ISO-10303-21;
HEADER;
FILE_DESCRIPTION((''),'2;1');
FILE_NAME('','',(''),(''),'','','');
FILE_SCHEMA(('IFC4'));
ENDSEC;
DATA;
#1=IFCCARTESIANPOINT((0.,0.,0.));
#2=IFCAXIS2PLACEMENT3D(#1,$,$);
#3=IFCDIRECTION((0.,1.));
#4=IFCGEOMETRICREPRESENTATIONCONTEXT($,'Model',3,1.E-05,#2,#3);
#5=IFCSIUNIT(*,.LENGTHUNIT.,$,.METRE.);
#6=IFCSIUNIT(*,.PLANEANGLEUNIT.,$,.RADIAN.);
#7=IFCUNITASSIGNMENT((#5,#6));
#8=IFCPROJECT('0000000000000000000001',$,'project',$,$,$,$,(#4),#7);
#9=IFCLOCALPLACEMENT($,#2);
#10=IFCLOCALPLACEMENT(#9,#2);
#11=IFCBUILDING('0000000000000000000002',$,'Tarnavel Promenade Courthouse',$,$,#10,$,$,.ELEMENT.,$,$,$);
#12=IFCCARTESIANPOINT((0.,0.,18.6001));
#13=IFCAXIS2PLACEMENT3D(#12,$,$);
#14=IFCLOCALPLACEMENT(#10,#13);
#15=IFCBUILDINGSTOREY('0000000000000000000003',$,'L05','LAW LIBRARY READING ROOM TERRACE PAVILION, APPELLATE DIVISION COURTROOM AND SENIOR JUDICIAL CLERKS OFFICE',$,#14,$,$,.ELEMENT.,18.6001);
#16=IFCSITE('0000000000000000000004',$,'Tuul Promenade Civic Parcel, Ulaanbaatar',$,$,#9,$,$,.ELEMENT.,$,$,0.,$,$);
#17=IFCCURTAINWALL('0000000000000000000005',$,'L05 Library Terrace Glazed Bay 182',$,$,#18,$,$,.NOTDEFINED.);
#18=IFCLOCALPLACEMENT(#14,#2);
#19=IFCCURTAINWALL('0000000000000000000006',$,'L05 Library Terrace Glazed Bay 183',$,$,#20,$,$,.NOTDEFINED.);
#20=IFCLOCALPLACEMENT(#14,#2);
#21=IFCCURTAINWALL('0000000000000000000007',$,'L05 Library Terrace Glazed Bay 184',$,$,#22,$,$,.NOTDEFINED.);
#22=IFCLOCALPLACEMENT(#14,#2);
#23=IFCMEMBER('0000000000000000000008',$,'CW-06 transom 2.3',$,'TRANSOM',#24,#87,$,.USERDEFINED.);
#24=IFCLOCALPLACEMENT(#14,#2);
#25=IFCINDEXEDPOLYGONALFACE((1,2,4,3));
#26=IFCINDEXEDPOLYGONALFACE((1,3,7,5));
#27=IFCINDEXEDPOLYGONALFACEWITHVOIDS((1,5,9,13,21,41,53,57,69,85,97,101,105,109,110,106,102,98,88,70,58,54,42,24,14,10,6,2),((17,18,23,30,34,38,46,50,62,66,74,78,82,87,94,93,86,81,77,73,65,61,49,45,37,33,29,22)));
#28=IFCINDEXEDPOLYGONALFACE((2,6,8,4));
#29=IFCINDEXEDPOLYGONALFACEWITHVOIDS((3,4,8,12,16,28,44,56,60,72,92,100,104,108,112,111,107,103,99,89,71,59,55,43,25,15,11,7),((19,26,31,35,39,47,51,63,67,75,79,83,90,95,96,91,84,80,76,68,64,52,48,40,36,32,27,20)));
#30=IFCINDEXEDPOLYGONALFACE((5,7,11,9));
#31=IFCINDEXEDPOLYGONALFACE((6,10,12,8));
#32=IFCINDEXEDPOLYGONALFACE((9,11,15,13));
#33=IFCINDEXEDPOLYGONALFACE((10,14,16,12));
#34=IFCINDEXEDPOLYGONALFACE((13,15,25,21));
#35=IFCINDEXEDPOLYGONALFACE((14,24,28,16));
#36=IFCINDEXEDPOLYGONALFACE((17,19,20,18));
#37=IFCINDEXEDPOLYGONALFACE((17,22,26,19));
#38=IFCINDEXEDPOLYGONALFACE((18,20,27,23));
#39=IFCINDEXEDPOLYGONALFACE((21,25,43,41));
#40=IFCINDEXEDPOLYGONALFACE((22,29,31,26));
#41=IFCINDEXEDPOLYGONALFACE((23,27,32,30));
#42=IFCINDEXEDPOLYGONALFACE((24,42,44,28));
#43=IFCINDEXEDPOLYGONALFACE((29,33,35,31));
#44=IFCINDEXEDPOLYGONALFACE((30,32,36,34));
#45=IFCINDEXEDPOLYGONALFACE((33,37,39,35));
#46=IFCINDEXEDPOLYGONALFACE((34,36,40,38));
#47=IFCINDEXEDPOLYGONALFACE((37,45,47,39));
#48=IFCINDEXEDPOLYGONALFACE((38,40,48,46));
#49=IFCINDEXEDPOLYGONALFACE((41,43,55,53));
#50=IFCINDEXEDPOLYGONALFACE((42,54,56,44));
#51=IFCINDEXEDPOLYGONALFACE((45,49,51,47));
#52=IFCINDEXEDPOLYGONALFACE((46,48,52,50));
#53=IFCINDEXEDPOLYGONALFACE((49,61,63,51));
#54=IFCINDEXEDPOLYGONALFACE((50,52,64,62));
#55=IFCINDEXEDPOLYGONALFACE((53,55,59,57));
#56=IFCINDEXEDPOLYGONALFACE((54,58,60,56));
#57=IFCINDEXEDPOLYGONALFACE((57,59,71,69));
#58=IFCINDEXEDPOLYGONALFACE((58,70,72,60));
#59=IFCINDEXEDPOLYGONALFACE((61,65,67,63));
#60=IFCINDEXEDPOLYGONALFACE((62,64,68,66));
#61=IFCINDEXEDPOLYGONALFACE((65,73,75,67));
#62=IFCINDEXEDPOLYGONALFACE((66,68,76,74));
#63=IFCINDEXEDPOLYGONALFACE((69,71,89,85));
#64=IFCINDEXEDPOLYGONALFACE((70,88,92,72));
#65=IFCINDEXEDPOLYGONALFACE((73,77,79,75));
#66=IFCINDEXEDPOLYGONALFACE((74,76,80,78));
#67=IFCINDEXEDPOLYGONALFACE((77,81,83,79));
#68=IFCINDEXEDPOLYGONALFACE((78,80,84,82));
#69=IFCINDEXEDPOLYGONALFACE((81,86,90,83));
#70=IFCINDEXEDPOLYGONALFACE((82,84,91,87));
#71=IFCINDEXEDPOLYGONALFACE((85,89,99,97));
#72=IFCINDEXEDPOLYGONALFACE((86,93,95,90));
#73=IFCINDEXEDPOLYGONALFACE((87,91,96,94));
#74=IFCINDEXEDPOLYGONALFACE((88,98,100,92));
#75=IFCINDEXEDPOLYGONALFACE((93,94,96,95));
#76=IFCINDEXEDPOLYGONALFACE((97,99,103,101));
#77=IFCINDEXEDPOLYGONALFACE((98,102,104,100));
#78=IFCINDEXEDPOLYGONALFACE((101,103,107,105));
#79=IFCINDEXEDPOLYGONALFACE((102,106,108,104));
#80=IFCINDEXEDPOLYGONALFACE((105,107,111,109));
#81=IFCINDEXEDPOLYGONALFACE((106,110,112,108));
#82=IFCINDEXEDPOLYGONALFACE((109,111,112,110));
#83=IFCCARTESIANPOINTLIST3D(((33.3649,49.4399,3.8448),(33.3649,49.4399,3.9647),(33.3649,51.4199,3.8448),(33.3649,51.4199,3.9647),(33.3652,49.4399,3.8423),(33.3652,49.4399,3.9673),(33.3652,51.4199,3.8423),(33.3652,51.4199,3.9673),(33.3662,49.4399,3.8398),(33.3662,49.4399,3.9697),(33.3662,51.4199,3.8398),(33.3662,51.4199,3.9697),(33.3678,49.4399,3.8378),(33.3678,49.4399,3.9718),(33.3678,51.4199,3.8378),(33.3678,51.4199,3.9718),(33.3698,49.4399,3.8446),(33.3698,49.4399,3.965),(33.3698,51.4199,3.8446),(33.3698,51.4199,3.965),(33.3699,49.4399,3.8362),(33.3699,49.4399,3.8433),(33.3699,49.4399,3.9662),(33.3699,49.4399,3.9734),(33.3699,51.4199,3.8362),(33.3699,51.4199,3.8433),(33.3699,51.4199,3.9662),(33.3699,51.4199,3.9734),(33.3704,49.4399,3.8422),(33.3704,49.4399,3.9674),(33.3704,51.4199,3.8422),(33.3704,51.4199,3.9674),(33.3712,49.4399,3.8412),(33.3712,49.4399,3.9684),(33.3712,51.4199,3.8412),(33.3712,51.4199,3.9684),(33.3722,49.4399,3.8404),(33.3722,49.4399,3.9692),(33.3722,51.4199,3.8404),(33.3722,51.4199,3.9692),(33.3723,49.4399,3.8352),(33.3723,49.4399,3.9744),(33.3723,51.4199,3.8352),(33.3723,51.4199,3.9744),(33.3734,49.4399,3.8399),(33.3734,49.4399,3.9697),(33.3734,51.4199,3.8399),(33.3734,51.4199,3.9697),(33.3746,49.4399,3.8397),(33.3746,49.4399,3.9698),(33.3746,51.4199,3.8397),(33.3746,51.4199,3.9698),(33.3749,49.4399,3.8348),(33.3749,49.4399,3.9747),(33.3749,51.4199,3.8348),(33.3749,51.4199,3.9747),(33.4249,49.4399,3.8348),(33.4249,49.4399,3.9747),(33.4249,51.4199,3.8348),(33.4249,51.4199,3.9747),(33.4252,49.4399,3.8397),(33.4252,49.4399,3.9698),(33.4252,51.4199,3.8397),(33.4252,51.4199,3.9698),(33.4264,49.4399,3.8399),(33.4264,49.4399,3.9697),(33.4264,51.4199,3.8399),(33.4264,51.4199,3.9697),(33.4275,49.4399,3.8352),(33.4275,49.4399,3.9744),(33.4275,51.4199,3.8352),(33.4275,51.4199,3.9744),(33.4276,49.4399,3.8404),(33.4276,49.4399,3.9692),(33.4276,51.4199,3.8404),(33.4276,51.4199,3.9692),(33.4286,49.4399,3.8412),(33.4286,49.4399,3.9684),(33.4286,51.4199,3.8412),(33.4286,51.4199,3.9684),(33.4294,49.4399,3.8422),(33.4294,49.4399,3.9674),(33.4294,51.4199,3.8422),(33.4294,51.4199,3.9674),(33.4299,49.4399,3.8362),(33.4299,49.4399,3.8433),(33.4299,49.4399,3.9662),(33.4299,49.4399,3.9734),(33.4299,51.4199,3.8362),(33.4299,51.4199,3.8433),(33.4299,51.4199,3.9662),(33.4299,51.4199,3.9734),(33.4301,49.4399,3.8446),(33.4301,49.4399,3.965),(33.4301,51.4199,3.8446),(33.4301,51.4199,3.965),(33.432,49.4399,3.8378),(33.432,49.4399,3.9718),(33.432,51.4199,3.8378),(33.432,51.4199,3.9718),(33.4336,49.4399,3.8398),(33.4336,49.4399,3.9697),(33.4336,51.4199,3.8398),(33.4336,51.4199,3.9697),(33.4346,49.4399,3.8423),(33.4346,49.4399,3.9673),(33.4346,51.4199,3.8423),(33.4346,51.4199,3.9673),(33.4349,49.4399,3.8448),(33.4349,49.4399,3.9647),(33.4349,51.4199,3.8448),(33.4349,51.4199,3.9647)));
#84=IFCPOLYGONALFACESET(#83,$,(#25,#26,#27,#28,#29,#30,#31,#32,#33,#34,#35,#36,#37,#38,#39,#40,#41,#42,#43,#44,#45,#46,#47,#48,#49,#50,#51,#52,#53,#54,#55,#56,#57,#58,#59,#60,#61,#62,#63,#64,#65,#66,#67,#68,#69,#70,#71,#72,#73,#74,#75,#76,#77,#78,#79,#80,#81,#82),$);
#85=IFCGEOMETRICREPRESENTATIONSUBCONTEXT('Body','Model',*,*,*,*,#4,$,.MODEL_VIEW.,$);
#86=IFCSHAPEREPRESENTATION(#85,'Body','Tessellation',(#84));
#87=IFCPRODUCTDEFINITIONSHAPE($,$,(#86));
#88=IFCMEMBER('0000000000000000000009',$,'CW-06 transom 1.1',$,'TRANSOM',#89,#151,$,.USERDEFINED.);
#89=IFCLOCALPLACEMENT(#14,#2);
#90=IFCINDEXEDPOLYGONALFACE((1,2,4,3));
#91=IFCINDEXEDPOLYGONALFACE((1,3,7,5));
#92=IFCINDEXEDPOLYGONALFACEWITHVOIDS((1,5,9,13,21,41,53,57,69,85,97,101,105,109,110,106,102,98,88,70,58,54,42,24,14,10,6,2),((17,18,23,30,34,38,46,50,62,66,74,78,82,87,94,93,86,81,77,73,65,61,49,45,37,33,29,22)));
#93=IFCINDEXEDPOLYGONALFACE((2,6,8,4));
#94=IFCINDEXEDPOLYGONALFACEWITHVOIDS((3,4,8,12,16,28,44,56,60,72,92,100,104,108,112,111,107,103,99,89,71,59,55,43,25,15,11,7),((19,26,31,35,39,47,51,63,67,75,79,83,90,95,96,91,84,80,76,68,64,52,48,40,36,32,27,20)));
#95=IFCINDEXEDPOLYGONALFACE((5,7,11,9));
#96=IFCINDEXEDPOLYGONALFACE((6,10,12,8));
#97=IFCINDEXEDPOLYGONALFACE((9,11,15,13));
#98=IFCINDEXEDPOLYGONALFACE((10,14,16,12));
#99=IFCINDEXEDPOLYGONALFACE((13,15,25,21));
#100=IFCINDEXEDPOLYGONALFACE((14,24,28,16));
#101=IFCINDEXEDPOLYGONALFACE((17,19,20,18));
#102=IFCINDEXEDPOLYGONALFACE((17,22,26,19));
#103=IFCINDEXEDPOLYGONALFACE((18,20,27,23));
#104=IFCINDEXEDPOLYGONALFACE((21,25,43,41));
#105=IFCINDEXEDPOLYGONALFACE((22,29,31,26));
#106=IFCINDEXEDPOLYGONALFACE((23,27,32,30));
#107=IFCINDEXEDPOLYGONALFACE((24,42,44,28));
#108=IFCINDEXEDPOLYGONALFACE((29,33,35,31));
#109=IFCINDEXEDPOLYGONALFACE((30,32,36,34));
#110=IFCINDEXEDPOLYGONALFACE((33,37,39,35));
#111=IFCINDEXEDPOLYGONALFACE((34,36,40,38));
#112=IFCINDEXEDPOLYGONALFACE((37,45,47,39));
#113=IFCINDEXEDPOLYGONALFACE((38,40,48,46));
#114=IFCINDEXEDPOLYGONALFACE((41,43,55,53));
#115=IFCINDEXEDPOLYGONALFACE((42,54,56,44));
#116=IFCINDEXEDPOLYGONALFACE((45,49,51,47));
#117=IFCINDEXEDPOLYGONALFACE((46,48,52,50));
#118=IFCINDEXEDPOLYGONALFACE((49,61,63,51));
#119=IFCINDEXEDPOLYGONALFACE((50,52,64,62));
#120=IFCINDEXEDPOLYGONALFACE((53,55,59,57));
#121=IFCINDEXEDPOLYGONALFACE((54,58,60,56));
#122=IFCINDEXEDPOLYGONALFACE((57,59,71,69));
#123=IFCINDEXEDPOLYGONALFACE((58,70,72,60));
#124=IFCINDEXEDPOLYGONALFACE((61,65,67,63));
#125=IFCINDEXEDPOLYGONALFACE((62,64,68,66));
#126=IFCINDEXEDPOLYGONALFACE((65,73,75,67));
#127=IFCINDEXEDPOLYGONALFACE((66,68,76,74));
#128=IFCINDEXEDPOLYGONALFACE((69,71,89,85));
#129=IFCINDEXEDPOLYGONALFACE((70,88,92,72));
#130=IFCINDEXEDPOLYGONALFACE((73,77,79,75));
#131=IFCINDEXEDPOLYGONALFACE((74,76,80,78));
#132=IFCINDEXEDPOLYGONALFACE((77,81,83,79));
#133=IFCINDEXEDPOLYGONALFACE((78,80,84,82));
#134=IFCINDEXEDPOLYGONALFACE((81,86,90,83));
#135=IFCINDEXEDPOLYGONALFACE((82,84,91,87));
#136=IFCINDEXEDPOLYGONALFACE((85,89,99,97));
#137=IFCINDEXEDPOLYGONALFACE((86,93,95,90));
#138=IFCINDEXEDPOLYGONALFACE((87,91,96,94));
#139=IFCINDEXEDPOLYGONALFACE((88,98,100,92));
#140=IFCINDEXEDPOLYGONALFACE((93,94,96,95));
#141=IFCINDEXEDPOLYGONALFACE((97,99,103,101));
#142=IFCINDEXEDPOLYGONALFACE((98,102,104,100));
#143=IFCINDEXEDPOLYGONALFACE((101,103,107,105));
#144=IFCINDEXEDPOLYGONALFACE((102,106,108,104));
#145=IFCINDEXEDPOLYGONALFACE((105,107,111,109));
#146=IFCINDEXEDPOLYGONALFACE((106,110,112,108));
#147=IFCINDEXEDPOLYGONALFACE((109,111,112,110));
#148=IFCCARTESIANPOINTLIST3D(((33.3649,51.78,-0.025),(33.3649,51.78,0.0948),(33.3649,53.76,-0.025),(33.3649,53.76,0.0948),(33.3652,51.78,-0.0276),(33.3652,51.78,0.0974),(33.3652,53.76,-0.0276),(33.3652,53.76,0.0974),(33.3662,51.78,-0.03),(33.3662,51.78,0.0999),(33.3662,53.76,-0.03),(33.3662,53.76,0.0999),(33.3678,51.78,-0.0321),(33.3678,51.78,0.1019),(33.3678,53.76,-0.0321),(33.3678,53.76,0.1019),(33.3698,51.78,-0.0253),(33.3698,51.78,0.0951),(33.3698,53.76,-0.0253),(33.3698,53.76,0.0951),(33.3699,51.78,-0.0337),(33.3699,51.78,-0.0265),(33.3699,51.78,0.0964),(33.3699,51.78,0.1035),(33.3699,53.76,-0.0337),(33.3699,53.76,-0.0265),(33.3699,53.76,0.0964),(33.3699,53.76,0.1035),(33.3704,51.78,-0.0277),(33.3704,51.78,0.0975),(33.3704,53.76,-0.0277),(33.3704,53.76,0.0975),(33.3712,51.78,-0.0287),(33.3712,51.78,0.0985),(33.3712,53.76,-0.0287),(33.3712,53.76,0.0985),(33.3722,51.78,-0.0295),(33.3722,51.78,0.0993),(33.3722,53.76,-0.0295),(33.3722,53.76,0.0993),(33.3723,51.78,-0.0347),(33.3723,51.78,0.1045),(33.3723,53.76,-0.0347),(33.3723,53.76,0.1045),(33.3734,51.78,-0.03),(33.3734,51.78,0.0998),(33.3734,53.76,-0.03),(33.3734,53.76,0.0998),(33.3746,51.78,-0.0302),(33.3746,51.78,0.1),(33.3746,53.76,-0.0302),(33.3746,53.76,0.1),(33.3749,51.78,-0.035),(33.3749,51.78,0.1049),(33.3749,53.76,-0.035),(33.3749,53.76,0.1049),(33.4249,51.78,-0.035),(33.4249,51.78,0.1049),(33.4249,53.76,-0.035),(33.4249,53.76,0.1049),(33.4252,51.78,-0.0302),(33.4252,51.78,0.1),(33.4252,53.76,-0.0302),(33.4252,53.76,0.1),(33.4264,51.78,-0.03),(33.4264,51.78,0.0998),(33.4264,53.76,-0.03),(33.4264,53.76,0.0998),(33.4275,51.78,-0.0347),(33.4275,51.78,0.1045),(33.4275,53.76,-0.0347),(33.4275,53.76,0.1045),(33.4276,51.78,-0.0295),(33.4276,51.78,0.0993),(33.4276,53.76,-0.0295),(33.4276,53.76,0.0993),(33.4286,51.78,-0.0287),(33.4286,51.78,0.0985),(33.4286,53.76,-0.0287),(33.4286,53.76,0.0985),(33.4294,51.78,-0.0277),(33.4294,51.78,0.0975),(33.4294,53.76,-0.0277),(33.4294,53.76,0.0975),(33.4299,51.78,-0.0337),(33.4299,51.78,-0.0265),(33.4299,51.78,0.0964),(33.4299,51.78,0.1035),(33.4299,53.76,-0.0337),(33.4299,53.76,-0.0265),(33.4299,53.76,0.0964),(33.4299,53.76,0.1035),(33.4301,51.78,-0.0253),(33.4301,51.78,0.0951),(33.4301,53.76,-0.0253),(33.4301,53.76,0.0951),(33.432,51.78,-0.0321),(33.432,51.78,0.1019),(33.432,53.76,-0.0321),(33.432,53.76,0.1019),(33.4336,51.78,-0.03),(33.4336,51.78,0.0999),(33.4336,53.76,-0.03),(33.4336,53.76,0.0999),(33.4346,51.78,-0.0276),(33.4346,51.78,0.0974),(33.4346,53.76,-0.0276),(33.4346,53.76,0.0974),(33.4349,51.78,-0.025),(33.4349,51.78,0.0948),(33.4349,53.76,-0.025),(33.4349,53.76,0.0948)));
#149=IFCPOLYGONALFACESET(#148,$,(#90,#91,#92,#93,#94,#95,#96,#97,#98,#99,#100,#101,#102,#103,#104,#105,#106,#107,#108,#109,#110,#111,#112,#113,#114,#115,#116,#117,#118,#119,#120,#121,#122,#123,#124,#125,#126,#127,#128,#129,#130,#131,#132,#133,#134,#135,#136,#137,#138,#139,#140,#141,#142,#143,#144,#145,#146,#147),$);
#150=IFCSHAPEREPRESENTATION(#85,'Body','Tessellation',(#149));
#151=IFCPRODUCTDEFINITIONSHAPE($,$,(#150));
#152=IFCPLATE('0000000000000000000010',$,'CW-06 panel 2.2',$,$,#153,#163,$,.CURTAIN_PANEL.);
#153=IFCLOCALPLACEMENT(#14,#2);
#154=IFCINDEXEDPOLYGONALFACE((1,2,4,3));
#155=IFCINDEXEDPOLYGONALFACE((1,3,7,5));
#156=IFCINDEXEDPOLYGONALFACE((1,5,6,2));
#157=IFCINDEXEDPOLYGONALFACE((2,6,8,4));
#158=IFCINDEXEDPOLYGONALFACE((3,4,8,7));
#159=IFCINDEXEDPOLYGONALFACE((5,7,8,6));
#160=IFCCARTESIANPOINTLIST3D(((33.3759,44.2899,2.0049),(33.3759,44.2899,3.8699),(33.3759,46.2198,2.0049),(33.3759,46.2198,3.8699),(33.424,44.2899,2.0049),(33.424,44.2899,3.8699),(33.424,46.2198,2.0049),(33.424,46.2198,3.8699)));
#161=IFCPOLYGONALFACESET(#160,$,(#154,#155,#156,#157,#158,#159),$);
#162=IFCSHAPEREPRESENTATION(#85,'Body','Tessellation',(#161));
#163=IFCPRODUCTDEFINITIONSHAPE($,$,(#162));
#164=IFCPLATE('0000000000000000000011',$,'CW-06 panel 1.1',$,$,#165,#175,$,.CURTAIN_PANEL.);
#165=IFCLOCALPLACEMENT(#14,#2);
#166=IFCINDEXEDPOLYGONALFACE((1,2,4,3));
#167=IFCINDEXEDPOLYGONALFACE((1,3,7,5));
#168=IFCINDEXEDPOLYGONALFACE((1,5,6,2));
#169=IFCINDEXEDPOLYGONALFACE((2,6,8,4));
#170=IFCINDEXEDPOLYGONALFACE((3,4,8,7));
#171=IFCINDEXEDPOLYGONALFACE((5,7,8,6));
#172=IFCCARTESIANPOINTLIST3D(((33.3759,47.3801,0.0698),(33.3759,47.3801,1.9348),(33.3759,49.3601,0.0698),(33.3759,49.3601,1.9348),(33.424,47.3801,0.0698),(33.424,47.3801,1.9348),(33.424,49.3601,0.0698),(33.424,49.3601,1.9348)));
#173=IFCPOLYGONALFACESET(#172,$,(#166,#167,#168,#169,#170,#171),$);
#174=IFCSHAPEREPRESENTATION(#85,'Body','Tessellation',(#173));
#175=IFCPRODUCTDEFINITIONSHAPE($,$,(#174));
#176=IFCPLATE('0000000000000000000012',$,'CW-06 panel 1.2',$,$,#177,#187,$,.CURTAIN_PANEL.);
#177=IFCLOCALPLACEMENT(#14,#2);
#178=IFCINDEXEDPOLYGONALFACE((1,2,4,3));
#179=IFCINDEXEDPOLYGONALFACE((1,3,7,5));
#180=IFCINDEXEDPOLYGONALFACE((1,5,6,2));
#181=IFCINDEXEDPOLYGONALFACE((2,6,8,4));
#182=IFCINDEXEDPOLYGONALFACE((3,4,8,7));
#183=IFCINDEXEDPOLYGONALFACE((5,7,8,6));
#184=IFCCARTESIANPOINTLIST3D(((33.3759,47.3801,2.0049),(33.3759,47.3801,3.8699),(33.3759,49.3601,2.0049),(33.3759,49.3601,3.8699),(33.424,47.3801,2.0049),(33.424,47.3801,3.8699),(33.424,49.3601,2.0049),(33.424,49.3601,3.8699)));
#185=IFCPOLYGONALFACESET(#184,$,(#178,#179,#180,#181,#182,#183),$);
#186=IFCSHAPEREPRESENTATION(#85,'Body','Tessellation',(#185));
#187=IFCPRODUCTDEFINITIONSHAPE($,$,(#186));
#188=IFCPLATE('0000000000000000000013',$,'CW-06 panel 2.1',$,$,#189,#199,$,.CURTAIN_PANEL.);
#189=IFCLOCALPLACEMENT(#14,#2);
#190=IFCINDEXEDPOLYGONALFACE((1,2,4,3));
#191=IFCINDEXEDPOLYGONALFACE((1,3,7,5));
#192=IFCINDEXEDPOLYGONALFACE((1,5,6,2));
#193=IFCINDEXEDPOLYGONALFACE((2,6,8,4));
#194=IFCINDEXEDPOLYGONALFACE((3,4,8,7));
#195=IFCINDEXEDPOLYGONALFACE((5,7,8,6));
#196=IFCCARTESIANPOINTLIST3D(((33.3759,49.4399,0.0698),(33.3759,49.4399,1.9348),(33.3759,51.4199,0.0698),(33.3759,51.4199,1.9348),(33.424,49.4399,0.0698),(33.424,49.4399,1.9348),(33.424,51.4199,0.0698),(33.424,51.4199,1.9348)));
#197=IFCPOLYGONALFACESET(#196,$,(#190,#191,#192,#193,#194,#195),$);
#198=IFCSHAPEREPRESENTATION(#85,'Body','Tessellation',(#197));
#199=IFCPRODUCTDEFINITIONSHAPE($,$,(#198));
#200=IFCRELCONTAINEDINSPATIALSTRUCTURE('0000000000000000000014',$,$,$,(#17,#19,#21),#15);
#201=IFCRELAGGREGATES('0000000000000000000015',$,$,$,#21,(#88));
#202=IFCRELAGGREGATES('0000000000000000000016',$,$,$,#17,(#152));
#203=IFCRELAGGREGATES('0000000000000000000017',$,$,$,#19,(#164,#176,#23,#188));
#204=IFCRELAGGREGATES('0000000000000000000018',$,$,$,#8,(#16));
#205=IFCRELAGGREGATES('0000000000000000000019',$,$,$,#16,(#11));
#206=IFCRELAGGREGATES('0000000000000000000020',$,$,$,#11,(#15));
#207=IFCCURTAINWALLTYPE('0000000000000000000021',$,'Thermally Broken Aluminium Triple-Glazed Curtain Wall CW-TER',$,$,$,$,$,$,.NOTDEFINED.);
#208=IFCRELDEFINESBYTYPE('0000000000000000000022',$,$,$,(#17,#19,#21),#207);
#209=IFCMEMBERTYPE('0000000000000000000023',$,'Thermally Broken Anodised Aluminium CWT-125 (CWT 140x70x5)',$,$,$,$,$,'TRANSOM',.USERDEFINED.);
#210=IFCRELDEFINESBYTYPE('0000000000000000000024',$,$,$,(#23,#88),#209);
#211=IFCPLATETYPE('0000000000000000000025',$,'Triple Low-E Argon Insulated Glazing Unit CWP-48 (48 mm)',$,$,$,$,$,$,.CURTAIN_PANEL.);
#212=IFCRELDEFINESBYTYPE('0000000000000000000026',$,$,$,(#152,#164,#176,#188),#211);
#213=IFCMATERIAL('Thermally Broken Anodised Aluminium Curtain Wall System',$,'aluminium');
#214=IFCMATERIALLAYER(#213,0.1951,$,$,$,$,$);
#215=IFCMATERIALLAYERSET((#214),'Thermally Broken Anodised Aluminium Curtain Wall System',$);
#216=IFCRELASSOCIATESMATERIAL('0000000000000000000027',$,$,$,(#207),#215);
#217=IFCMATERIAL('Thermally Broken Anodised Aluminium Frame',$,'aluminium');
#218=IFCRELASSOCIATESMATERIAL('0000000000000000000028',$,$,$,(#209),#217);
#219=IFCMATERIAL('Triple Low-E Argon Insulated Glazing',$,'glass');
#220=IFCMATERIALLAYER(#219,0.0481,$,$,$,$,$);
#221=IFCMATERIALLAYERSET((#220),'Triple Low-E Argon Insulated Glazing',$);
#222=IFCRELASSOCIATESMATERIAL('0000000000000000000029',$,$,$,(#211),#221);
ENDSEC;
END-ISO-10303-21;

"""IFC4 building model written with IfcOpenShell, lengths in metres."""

from ifc_helpers import new_model, si_unit, direction, frame, origin, origin_2d, place, context, subcontext, project, spatial, rectangle, hollow_rectangle, extrude, material, layer, layer_set, material_profile, profile_set, type_object, element, aggregate, save


model = new_model("IFC4")

# Units and contexts
model_context = context("Model", 3, precision=1e-05, world=origin(), true_north=direction((0.0, 1.0)))
body_context = subcontext(model_context, "Body", "Model", "MODEL_VIEW")
ifc_project = project(units=[si_unit("LENGTHUNIT", "METRE"), si_unit("PLANEANGLEUNIT", "RADIAN")], contexts=[model_context])

# Site, building, storey
site_placement = place(None, origin())
site = spatial("IfcSite", under=ifc_project, at=site_placement, Name="Tuul Promenade Civic Parcel, Ulaanbaatar", CompositionType="ELEMENT", RefElevation=0.0)
building_placement = place(site_placement, origin())
building = spatial("IfcBuilding", under=site, at=building_placement, Name="Tarnavel Promenade Courthouse", CompositionType="ELEMENT")
storey_placement = place(building_placement, frame((0.0, 0.0, 18.6001)))
storey = spatial("IfcBuildingStorey", under=building, at=storey_placement, Name="L05", Description="LAW LIBRARY READING ROOM TERRACE PAVILION, APPELLATE DIVISION COURTROOM AND SENIOR JUDICIAL CLERKS OFFICE", CompositionType="ELEMENT", Elevation=18.6001)

# Curtain wall
ifc_material_1 = material(Name="Thermally Broken Anodised Aluminium Curtain Wall System", Category="aluminium")
ifc_layer_1 = layer(ifc_material_1, 0.1951)
ifc_layer_set_1 = layer_set([ifc_layer_1], Name="Thermally Broken Anodised Aluminium Curtain Wall System")
curtain_wall_type = type_object("IfcCurtainWallType", Name="Thermally Broken Aluminium Triple-Glazed Curtain Wall CW-TER", PredefinedType="NOTDEFINED", material=ifc_layer_set_1)
curtain_wall_1_placement = place(storey_placement, origin())
curtain_wall_1 = element("IfcCurtainWall", 1, at=curtain_wall_1_placement, inside=storey, type_object=curtain_wall_type, Name="L05 Library Terrace Glazed Bay 182", PredefinedType="NOTDEFINED")
ifc_material_2 = material(Name="Thermally Broken Anodised Aluminium Frame", Category="aluminium")

# Curtain wall
curtain_wall_2_placement = place(storey_placement, origin())
curtain_wall_2 = element("IfcCurtainWall", 2, at=curtain_wall_2_placement, inside=storey, type_object=curtain_wall_type, Name="L05 Library Terrace Glazed Bay 183", PredefinedType="NOTDEFINED")

# Curtain wall
curtain_wall_3_placement = place(storey_placement, origin())
curtain_wall_3 = element("IfcCurtainWall", 3, at=curtain_wall_3_placement, inside=storey, type_object=curtain_wall_type, Name="L05 Library Terrace Glazed Bay 184", PredefinedType="NOTDEFINED")

# Members
ifc_material_profile_1 = material_profile(ifc_material_2, hollow_rectangle(XDim=0.0701, YDim=0.1399, WallThickness=0.0049, InnerFilletRadius=0.0049, OuterFilletRadius=0.01, at=origin_2d()), Name="CWT 140x70x5")
ifc_profile_set_1 = profile_set([ifc_material_profile_1], Name="Thermally Broken Anodised Aluminium Frame")
member_type_1 = type_object("IfcMemberType", Name="Thermally Broken Anodised Aluminium CWT-125 (CWT 140x70x5)", ElementType="TRANSOM", PredefinedType="USERDEFINED", material=ifc_profile_set_1)
member_1_placement = place(storey_placement, frame((33.3999, 49.4399, 3.9048), z_axis=(0.0, 1.0, 0.0), x_axis=(-1.0, 0.0, 0.0)))
member_1 = element("IfcMember", 4, at=member_1_placement, type_object=member_type_1, Name="CW-06 transom 2.3", ObjectType="TRANSOM", PredefinedType="USERDEFINED", context=body_context, shape_type="SweptSolid", body=[
    extrude(hollow_rectangle(XDim=0.0701, YDim=0.1399, WallThickness=0.0049, InnerFilletRadius=0.0049, OuterFilletRadius=0.01, at=origin_2d()), origin(), (0.0, 0.0, 1.0), 1.98),
])
member_2_placement = place(storey_placement, frame((33.3999, 51.78, 0.0349), z_axis=(0.0, 1.0, 0.0), x_axis=(-1.0, 0.0, 0.0)))
member_2 = element("IfcMember", 5, at=member_2_placement, type_object=member_type_1, Name="CW-06 transom 1.1", ObjectType="TRANSOM", PredefinedType="USERDEFINED", context=body_context, shape_type="SweptSolid", body=[
    extrude(hollow_rectangle(XDim=0.0701, YDim=0.1399, WallThickness=0.0049, InnerFilletRadius=0.0049, OuterFilletRadius=0.01, at=origin_2d()), origin(), (0.0, 0.0, 1.0), 1.98),
])
aggregate(curtain_wall_3, [member_2])

# Plates
ifc_material_3 = material(Name="Triple Low-E Argon Insulated Glazing", Category="glass")
ifc_layer_2 = layer(ifc_material_3, 0.0481)
ifc_layer_set_2 = layer_set([ifc_layer_2], Name="Triple Low-E Argon Insulated Glazing")
plate_type = type_object("IfcPlateType", Name="Triple Low-E Argon Insulated Glazing Unit CWP-48 (48 mm)", PredefinedType="CURTAIN_PANEL", material=ifc_layer_set_2)
plate_1_placement = place(storey_placement, frame((33.3999, 45.2549, 2.0049), z_axis=(0.0, 0.0, 1.0), x_axis=(0.0, 1.0, 0.0)))
plate_1 = element("IfcPlate", 6, at=plate_1_placement, type_object=plate_type, Name="CW-06 panel 2.2", PredefinedType="CURTAIN_PANEL", context=body_context, shape_type="SweptSolid", body=[
    extrude(rectangle(XDim=1.9299, YDim=0.0481, at=origin_2d()), origin(), (0.0, 0.0, 1.0), 1.865),
])
aggregate(curtain_wall_1, [plate_1])
plate_2_placement = place(storey_placement, frame((33.3999, 48.3701, 0.0698), z_axis=(0.0, 0.0, 1.0), x_axis=(0.0, 1.0, 0.0)))
plate_2 = element("IfcPlate", 7, at=plate_2_placement, type_object=plate_type, Name="CW-06 panel 1.1", PredefinedType="CURTAIN_PANEL", context=body_context, shape_type="SweptSolid", body=[
    extrude(rectangle(XDim=1.98, YDim=0.0481, at=origin_2d()), origin(), (0.0, 0.0, 1.0), 1.865),
])
plate_3_placement = place(storey_placement, frame((33.3999, 48.3701, 2.0049), z_axis=(0.0, 0.0, 1.0), x_axis=(0.0, 1.0, 0.0)))
plate_3 = element("IfcPlate", 8, at=plate_3_placement, type_object=plate_type, Name="CW-06 panel 1.2", PredefinedType="CURTAIN_PANEL", context=body_context, shape_type="SweptSolid", body=[
    extrude(rectangle(XDim=1.98, YDim=0.0481, at=origin_2d()), origin(), (0.0, 0.0, 1.0), 1.865),
])
plate_4_placement = place(storey_placement, frame((33.3999, 50.4299, 0.0698), z_axis=(0.0, 0.0, 1.0), x_axis=(0.0, 1.0, 0.0)))
plate_4 = element("IfcPlate", 9, at=plate_4_placement, type_object=plate_type, Name="CW-06 panel 2.1", PredefinedType="CURTAIN_PANEL", context=body_context, shape_type="SweptSolid", body=[
    extrude(rectangle(XDim=1.98, YDim=0.0481, at=origin_2d()), origin(), (0.0, 0.0, 1.0), 1.865),
])
aggregate(curtain_wall_2, [plate_2, plate_3, member_1, plate_4])

save(model, "model.ifc")
